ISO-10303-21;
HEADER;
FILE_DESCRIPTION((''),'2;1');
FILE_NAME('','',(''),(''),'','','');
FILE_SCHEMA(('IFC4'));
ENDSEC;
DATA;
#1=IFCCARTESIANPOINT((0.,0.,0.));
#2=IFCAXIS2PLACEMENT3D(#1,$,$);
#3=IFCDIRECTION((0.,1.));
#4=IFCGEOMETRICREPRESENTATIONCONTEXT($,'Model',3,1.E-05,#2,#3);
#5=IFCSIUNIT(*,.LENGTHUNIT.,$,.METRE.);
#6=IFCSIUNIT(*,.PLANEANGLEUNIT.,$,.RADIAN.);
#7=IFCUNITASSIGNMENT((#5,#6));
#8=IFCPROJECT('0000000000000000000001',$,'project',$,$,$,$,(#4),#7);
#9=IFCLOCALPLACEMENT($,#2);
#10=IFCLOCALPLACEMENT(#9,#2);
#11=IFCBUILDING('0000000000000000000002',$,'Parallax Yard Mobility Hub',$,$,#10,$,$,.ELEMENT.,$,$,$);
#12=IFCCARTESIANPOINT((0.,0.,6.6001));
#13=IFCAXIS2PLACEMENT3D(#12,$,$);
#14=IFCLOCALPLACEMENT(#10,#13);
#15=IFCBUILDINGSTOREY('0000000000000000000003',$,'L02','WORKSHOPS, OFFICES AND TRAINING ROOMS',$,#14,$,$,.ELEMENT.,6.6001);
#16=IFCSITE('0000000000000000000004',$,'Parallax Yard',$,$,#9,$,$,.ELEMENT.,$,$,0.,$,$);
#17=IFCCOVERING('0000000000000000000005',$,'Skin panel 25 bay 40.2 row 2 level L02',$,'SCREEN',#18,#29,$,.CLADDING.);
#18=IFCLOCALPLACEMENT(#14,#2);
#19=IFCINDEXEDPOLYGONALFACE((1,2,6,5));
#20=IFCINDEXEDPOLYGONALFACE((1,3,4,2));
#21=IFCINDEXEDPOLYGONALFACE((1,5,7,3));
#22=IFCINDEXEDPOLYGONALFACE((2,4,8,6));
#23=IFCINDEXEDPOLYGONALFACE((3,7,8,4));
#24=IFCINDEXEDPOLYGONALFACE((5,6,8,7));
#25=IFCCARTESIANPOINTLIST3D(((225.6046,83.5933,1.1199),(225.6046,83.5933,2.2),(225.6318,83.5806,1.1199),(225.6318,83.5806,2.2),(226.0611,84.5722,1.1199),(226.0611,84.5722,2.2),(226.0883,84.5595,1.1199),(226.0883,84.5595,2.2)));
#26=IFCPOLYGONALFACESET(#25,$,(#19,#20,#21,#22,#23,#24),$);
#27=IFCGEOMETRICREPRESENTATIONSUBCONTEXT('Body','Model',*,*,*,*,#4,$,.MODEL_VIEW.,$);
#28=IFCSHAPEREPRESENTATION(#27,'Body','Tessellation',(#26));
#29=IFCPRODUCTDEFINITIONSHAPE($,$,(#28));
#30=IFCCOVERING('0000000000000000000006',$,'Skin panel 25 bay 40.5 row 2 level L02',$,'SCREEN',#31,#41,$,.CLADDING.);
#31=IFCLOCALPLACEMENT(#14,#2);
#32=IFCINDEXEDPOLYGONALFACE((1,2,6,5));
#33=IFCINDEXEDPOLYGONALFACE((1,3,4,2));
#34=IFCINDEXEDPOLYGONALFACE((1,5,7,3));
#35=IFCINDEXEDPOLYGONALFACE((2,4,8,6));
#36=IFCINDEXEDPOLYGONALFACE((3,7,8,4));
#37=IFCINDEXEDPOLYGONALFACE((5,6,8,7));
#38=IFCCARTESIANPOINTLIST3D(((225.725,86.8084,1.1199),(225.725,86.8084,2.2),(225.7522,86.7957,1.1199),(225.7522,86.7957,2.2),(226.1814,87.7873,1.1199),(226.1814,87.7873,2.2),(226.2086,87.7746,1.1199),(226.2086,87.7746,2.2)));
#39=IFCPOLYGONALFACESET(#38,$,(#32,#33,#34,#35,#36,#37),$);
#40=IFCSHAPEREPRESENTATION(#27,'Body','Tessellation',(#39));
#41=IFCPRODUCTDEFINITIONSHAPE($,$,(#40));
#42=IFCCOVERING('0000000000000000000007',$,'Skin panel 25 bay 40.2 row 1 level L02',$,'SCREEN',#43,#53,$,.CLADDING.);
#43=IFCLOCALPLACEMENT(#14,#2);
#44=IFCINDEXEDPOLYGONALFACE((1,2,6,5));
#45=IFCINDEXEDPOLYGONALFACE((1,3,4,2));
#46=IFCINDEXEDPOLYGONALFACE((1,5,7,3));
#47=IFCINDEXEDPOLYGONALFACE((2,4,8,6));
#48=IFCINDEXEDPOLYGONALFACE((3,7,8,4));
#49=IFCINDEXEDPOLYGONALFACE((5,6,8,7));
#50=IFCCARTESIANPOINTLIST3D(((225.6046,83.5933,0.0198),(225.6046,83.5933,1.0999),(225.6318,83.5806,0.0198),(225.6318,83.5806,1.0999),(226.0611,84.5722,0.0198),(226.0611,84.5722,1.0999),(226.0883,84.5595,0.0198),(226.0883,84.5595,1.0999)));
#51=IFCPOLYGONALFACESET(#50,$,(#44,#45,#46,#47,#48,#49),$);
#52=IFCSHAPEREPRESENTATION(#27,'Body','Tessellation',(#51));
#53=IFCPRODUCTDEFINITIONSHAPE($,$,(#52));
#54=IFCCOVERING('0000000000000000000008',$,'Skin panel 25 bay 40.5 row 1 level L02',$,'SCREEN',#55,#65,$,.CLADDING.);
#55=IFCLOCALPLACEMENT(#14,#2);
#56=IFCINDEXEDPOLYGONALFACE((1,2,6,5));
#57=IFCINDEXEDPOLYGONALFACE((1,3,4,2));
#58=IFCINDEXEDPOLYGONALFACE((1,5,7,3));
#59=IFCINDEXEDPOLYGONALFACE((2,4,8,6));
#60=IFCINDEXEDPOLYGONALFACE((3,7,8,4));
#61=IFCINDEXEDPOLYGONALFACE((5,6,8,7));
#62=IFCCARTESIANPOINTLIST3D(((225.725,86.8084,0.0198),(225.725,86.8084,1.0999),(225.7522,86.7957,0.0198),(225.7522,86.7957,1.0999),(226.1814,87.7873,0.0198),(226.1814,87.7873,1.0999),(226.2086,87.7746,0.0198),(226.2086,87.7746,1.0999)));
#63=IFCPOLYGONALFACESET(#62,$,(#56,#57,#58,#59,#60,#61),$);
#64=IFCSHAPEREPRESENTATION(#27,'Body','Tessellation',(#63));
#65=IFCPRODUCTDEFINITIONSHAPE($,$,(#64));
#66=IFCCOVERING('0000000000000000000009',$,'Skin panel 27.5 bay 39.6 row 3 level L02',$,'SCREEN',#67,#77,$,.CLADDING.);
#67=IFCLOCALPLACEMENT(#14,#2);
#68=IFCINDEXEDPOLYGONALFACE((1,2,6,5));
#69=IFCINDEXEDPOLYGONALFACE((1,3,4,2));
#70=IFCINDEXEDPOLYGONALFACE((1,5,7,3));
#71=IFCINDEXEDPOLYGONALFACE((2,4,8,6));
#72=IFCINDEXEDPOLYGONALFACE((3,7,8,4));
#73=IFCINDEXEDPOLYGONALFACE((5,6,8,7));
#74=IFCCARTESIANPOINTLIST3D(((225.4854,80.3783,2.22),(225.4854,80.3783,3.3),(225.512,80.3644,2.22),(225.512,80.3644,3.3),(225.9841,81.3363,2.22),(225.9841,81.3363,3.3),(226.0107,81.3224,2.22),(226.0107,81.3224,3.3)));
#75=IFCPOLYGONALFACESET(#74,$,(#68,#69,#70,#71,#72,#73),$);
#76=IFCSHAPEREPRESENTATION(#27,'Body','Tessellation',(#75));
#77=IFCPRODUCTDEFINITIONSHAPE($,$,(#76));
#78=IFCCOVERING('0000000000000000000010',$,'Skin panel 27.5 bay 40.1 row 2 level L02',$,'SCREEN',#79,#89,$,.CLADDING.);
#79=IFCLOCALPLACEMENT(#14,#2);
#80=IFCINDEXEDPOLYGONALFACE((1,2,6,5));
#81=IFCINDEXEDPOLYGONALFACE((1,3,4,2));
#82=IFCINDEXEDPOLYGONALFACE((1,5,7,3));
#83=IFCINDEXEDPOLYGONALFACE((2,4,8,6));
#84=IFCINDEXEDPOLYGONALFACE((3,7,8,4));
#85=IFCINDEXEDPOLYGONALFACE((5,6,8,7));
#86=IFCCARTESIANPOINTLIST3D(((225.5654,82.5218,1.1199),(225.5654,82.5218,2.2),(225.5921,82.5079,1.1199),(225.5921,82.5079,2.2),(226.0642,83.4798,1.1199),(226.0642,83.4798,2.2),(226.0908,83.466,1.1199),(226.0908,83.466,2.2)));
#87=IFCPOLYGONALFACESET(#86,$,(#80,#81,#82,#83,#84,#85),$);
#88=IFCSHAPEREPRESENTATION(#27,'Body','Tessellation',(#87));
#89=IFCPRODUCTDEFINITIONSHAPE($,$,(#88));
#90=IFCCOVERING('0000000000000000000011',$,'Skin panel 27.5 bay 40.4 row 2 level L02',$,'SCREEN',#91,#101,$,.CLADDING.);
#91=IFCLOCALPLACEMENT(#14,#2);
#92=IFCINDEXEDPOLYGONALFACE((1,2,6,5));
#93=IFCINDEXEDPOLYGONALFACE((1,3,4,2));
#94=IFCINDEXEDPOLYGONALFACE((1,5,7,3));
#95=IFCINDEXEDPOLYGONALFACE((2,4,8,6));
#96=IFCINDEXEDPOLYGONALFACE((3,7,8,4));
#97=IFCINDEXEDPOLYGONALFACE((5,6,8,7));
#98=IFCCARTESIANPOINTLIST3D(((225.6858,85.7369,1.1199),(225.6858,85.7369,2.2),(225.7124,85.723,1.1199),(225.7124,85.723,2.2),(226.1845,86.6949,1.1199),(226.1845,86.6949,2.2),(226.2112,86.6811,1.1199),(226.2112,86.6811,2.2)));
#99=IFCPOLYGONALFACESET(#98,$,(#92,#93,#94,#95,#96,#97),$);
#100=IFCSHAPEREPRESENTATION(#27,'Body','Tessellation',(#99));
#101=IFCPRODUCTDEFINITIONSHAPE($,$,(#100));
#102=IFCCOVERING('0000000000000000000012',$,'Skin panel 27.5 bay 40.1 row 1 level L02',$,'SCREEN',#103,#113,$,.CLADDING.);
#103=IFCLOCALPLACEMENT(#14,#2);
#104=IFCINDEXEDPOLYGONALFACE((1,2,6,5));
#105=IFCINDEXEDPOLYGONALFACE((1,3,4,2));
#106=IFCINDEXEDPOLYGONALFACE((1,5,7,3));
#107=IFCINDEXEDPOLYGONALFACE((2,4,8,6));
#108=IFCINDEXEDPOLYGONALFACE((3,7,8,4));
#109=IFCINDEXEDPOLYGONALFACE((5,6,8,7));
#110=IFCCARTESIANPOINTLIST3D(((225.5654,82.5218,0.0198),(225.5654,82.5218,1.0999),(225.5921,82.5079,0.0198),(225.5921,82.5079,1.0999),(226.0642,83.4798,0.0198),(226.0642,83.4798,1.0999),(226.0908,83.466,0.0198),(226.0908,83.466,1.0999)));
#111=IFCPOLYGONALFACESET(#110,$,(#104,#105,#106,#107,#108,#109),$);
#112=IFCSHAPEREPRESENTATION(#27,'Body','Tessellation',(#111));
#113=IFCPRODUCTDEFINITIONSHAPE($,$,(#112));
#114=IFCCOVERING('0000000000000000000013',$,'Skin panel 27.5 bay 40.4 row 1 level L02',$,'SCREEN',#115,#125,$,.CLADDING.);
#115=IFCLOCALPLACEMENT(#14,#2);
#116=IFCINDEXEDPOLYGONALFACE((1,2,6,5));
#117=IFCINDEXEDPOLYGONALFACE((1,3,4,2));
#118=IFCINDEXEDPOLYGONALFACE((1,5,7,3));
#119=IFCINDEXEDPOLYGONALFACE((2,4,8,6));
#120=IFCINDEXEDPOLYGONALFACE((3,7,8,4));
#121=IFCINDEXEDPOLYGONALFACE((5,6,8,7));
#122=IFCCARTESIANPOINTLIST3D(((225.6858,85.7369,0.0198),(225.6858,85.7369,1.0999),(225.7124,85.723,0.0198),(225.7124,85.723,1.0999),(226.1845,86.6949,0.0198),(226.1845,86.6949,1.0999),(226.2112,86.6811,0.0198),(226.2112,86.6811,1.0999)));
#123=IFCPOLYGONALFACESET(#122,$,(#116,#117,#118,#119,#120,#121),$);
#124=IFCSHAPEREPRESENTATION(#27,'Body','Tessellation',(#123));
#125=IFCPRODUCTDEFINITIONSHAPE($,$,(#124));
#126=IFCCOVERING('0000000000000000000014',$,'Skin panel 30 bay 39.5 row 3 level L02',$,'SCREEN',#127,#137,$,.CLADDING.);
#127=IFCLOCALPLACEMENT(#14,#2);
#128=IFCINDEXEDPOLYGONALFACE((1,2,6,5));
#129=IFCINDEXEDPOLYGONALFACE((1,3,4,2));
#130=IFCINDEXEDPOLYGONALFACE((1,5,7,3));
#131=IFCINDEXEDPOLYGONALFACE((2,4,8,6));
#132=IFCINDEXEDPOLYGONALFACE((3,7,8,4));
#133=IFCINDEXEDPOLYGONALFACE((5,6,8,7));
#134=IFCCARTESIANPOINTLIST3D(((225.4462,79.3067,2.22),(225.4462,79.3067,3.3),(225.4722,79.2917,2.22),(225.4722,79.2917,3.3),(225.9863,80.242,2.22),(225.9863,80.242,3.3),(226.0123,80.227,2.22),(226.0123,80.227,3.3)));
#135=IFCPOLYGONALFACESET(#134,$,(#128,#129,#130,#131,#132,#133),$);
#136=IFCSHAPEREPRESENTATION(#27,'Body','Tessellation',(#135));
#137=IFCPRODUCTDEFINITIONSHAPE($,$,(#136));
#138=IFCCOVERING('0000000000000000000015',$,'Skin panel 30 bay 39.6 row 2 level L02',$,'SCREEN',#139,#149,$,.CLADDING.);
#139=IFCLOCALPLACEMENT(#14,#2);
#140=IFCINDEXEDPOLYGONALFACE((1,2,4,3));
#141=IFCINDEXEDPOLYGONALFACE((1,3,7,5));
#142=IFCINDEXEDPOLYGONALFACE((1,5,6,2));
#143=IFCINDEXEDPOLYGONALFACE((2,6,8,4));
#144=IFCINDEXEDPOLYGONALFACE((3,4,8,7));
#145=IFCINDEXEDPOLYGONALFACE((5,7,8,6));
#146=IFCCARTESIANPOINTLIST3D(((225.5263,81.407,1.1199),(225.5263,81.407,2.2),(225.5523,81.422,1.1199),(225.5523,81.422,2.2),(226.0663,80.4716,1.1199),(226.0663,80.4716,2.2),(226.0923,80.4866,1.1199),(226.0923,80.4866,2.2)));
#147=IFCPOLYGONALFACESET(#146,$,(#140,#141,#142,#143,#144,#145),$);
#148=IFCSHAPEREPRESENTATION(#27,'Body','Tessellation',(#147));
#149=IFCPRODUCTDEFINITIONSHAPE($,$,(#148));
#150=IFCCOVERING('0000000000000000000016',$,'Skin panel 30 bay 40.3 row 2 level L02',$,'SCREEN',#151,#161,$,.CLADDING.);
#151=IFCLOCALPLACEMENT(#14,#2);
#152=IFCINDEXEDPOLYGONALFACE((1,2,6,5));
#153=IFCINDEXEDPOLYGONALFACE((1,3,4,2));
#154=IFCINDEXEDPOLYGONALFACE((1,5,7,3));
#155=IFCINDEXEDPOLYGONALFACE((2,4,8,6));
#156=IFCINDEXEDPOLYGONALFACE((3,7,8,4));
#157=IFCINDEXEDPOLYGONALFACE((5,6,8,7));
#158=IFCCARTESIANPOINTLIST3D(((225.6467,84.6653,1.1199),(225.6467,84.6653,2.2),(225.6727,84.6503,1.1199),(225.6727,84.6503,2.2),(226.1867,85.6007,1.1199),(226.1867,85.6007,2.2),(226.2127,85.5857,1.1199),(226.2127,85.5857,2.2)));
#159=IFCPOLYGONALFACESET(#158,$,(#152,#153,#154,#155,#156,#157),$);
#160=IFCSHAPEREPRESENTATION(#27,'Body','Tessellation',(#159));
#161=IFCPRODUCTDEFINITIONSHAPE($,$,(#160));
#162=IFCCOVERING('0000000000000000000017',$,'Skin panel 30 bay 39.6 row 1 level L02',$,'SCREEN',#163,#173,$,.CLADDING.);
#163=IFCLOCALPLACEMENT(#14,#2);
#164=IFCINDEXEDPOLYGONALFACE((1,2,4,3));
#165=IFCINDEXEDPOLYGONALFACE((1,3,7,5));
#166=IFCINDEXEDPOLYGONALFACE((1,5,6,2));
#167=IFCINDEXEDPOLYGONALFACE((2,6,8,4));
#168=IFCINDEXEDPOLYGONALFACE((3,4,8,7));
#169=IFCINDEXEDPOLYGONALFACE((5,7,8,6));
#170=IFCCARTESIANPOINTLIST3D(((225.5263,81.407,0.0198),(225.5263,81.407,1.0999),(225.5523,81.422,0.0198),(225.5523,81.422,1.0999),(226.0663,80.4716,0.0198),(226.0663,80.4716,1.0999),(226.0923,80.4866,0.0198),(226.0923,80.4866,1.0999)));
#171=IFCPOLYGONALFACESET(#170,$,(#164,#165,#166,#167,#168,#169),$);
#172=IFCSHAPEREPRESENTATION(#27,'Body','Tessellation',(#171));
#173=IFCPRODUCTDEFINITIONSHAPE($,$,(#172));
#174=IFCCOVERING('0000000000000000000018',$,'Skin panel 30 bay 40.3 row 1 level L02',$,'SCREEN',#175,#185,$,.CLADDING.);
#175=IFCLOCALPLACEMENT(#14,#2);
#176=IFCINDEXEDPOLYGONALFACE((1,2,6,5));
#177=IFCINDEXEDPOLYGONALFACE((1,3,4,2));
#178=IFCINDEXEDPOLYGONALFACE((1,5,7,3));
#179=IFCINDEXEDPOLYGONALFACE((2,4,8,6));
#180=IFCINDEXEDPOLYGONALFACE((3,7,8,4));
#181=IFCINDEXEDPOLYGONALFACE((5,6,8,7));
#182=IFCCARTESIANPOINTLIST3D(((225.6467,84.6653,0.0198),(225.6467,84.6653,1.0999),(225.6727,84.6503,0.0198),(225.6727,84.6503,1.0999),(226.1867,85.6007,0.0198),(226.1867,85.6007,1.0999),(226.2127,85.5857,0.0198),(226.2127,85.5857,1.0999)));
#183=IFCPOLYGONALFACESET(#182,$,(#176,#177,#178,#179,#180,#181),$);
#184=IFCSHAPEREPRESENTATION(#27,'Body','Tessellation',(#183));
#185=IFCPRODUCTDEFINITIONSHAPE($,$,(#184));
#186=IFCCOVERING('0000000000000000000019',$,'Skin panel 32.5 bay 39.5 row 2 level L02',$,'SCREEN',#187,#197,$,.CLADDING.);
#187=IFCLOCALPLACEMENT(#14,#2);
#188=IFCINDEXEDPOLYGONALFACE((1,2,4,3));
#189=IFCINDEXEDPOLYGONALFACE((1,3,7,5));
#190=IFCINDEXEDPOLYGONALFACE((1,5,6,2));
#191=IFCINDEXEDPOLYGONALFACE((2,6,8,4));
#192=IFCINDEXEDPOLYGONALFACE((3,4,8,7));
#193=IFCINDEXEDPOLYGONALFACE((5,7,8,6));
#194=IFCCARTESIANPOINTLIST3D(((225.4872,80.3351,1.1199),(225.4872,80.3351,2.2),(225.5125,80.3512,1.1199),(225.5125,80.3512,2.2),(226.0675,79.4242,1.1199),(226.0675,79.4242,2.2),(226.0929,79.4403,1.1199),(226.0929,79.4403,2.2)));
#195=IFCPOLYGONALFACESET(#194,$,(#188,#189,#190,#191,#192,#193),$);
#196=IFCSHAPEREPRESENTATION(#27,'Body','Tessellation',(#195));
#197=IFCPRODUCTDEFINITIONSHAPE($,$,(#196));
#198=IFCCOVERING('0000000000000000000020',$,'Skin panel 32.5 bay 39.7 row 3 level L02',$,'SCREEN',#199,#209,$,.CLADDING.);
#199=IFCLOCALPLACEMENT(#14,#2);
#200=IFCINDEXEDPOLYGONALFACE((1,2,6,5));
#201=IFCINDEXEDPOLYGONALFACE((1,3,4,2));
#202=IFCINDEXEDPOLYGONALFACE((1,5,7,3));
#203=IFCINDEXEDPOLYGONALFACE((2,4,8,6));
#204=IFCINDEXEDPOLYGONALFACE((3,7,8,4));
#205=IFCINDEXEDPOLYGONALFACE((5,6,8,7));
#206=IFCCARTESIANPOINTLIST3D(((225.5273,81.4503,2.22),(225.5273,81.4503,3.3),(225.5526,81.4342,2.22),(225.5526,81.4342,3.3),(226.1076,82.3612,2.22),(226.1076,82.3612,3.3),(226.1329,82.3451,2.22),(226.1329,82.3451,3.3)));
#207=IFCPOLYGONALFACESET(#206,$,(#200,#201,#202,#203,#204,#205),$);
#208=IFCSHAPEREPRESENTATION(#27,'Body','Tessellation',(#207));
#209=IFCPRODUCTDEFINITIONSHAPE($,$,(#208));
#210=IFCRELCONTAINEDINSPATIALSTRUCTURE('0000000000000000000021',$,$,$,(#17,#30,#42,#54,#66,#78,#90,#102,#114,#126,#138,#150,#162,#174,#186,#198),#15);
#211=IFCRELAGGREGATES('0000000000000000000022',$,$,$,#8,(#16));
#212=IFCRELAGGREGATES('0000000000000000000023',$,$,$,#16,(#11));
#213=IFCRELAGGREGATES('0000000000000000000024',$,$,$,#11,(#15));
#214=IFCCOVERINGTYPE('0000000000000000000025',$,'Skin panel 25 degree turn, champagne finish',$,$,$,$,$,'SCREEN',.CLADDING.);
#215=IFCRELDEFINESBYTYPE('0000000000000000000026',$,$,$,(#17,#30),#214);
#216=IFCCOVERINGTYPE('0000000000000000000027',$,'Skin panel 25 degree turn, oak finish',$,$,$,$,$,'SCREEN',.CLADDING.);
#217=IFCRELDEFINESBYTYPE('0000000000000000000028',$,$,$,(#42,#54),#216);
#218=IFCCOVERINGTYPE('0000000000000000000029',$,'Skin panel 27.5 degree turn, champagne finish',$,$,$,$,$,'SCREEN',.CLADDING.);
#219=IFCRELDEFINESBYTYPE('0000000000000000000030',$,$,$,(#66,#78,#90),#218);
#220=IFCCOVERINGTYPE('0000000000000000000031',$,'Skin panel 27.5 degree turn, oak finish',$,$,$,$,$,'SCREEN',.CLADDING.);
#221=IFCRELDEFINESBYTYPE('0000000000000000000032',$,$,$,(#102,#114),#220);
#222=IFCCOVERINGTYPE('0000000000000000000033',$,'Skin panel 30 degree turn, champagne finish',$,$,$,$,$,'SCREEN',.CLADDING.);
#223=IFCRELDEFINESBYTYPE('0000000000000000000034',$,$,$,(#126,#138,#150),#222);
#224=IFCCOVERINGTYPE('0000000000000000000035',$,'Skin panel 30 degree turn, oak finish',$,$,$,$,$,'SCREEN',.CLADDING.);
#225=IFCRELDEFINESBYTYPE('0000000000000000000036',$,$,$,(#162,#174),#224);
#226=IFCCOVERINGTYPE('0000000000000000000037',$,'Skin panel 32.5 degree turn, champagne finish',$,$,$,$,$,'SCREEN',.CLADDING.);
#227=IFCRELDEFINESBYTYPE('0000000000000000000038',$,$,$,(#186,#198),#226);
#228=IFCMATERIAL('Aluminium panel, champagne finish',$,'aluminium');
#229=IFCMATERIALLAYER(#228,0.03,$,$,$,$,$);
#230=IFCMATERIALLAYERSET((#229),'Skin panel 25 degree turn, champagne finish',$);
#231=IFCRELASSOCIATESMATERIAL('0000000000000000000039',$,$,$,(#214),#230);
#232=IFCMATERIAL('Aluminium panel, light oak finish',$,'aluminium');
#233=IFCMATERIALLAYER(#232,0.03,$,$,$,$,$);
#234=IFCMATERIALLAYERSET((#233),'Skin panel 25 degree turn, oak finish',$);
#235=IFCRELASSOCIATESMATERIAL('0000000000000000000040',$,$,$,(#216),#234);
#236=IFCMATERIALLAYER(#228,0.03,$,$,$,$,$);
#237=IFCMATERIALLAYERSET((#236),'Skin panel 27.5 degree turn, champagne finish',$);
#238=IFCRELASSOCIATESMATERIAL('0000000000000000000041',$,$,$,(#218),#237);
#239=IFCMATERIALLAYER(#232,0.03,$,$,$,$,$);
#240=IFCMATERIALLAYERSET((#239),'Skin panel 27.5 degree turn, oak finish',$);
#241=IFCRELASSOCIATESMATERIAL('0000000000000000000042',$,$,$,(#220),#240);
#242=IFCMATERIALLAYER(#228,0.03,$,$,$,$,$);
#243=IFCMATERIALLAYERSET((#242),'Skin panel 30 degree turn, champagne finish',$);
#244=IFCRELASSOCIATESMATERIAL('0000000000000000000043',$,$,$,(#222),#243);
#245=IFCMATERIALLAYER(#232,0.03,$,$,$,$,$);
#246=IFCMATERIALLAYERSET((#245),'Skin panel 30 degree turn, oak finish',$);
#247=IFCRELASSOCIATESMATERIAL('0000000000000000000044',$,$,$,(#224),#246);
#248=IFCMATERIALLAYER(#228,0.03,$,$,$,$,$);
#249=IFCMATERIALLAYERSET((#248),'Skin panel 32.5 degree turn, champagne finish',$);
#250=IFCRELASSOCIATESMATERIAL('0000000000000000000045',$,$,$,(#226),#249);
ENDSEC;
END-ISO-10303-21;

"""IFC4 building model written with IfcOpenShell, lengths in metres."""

from ifc_helpers import new_model, si_unit, direction, frame, origin, origin_2d, place, context, subcontext, project, spatial, rectangle, extrude, material, layer, layer_set, type_object, element, save


model = new_model("IFC4")

# Units and contexts
model_context = context("Model", 3, precision=1e-05, world=origin(), true_north=direction((0.0, 1.0)))
body_context = subcontext(model_context, "Body", "Model", "MODEL_VIEW")
ifc_project = project(units=[si_unit("LENGTHUNIT", "METRE"), si_unit("PLANEANGLEUNIT", "RADIAN")], contexts=[model_context])

# Site, building, storey
site_placement = place(None, origin())
site = spatial("IfcSite", under=ifc_project, at=site_placement, Name="Parallax Yard", CompositionType="ELEMENT", RefElevation=0.0)
building_placement = place(site_placement, origin())
building = spatial("IfcBuilding", under=site, at=building_placement, Name="Parallax Yard Mobility Hub", CompositionType="ELEMENT")
storey_placement = place(building_placement, frame((0.0, 0.0, 6.6001)))
storey = spatial("IfcBuildingStorey", under=building, at=storey_placement, Name="L02", Description="WORKSHOPS, OFFICES AND TRAINING ROOMS", CompositionType="ELEMENT", Elevation=6.6001)

# Coverings
ifc_material_1 = material(Name="Aluminium panel, champagne finish", Category="aluminium")
ifc_layer_1 = layer(ifc_material_1, 0.03)
ifc_layer_set_1 = layer_set([ifc_layer_1], Name="Skin panel 25 degree turn, champagne finish")
covering_type_1 = type_object("IfcCoveringType", Name="Skin panel 25 degree turn, champagne finish", ElementType="SCREEN", PredefinedType="CLADDING", material=ifc_layer_set_1)
for number, where, z_axis, x_axis, name in (
    (1, (225.8464, 84.0764, 1.1199), (0.0, 0.0, 1.0), (0.422618, 0.906308, 0.0), "Skin panel 25 bay 40.2 row 2 level L02"),
    (2, (225.9668, 87.2915, 1.1199), (0.0, 0.0, 1.0), (0.422618, 0.906308, 0.0), "Skin panel 25 bay 40.5 row 2 level L02"),
):
    element("IfcCovering", number, at=place(storey_placement, frame(where, z_axis=z_axis, x_axis=x_axis)), inside=storey, type_object=covering_type_1, Name=name, ObjectType="SCREEN", PredefinedType="CLADDING", context=body_context, shape_type="SweptSolid", body=[
        extrude(rectangle(XDim=1.0801, YDim=0.03, at=origin_2d()), origin(), (0.0, 0.0, 1.0), 1.0801),
    ])
ifc_material_2 = material(Name="Aluminium panel, light oak finish", Category="aluminium")
ifc_layer_2 = layer(ifc_material_2, 0.03)
ifc_layer_set_2 = layer_set([ifc_layer_2], Name="Skin panel 25 degree turn, oak finish")
covering_type_2 = type_object("IfcCoveringType", Name="Skin panel 25 degree turn, oak finish", ElementType="SCREEN", PredefinedType="CLADDING", material=ifc_layer_set_2)
for number, where, z_axis, x_axis, name in (
    (3, (225.8464, 84.0764, 0.0198), (0.0, 0.0, 1.0), (0.422618, 0.906308, 0.0), "Skin panel 25 bay 40.2 row 1 level L02"),
    (4, (225.9668, 87.2915, 0.0198), (0.0, 0.0, 1.0), (0.422618, 0.906308, 0.0), "Skin panel 25 bay 40.5 row 1 level L02"),
):
    element("IfcCovering", number, at=place(storey_placement, frame(where, z_axis=z_axis, x_axis=x_axis)), inside=storey, type_object=covering_type_2, Name=name, ObjectType="SCREEN", PredefinedType="CLADDING", context=body_context, shape_type="SweptSolid", body=[
        extrude(rectangle(XDim=1.0801, YDim=0.03, at=origin_2d()), origin(), (0.0, 0.0, 1.0), 1.0801),
    ])
ifc_layer_3 = layer(ifc_material_1, 0.03)
ifc_layer_set_3 = layer_set([ifc_layer_3], Name="Skin panel 27.5 degree turn, champagne finish")
covering_type_3 = type_object("IfcCoveringType", Name="Skin panel 27.5 degree turn, champagne finish", ElementType="SCREEN", PredefinedType="CLADDING", material=ifc_layer_set_3)
for number, where, z_axis, x_axis, name in (
    (5, (225.748, 80.8503, 2.22), (0.0, 0.0, 1.0), (0.461749, 0.887011, 0.0), "Skin panel 27.5 bay 39.6 row 3 level L02"),
    (6, (225.8281, 82.9939, 1.1199), (0.0, 0.0, 1.0), (0.461749, 0.887011, 0.0), "Skin panel 27.5 bay 40.1 row 2 level L02"),
    (7, (225.9485, 86.209, 1.1199), (0.0, 0.0, 1.0), (0.461749, 0.887011, 0.0), "Skin panel 27.5 bay 40.4 row 2 level L02"),
):
    element("IfcCovering", number, at=place(storey_placement, frame(where, z_axis=z_axis, x_axis=x_axis)), inside=storey, type_object=covering_type_3, Name=name, ObjectType="SCREEN", PredefinedType="CLADDING", context=body_context, shape_type="SweptSolid", body=[
        extrude(rectangle(XDim=1.0801, YDim=0.03, at=origin_2d()), origin(), (0.0, 0.0, 1.0), 1.0801),
    ])
ifc_layer_4 = layer(ifc_material_2, 0.03)
ifc_layer_set_4 = layer_set([ifc_layer_4], Name="Skin panel 27.5 degree turn, oak finish")
covering_type_4 = type_object("IfcCoveringType", Name="Skin panel 27.5 degree turn, oak finish", ElementType="SCREEN", PredefinedType="CLADDING", material=ifc_layer_set_4)
for number, where, z_axis, x_axis, name in (
    (8, (225.8281, 82.9939, 0.0198), (0.0, 0.0, 1.0), (0.461749, 0.887011, 0.0), "Skin panel 27.5 bay 40.1 row 1 level L02"),
    (9, (225.9485, 86.209, 0.0198), (0.0, 0.0, 1.0), (0.461749, 0.887011, 0.0), "Skin panel 27.5 bay 40.4 row 1 level L02"),
):
    element("IfcCovering", number, at=place(storey_placement, frame(where, z_axis=z_axis, x_axis=x_axis)), inside=storey, type_object=covering_type_4, Name=name, ObjectType="SCREEN", PredefinedType="CLADDING", context=body_context, shape_type="SweptSolid", body=[
        extrude(rectangle(XDim=1.0801, YDim=0.03, at=origin_2d()), origin(), (0.0, 0.0, 1.0), 1.0801),
    ])
ifc_layer_5 = layer(ifc_material_1, 0.03)
ifc_layer_set_5 = layer_set([ifc_layer_5], Name="Skin panel 30 degree turn, champagne finish")
covering_type_5 = type_object("IfcCoveringType", Name="Skin panel 30 degree turn, champagne finish", ElementType="SCREEN", PredefinedType="CLADDING", material=ifc_layer_set_5)
for number, where, z_axis, x_axis, name in (
    (10, (225.7292, 79.7668, 2.22), (0.0, 0.0, 1.0), (0.5, 0.866025, 0.0), "Skin panel 30 bay 39.5 row 3 level L02"),
    (11, (225.8093, 80.9468, 1.1199), (0.0, 0.0, 1.0), (0.5, -0.866025, 0.0), "Skin panel 30 bay 39.6 row 2 level L02"),
    (12, (225.9297, 85.1255, 1.1199), (0.0, 0.0, 1.0), (0.5, 0.866025, 0.0), "Skin panel 30 bay 40.3 row 2 level L02"),
):
    element("IfcCovering", number, at=place(storey_placement, frame(where, z_axis=z_axis, x_axis=x_axis)), inside=storey, type_object=covering_type_5, Name=name, ObjectType="SCREEN", PredefinedType="CLADDING", context=body_context, shape_type="SweptSolid", body=[
        extrude(rectangle(XDim=1.0801, YDim=0.03, at=origin_2d()), origin(), (0.0, 0.0, 1.0), 1.0801),
    ])
ifc_layer_6 = layer(ifc_material_2, 0.03)
ifc_layer_set_6 = layer_set([ifc_layer_6], Name="Skin panel 30 degree turn, oak finish")
covering_type_6 = type_object("IfcCoveringType", Name="Skin panel 30 degree turn, oak finish", ElementType="SCREEN", PredefinedType="CLADDING", material=ifc_layer_set_6)
for number, where, z_axis, x_axis, name in (
    (13, (225.8093, 80.9468, 0.0198), (0.0, 0.0, 1.0), (0.5, -0.866025, 0.0), "Skin panel 30 bay 39.6 row 1 level L02"),
    (14, (225.9297, 85.1255, 0.0198), (0.0, 0.0, 1.0), (0.5, 0.866025, 0.0), "Skin panel 30 bay 40.3 row 1 level L02"),
):
    element("IfcCovering", number, at=place(storey_placement, frame(where, z_axis=z_axis, x_axis=x_axis)), inside=storey, type_object=covering_type_6, Name=name, ObjectType="SCREEN", PredefinedType="CLADDING", context=body_context, shape_type="SweptSolid", body=[
        extrude(rectangle(XDim=1.0801, YDim=0.03, at=origin_2d()), origin(), (0.0, 0.0, 1.0), 1.0801),
    ])
ifc_layer_7 = layer(ifc_material_1, 0.03)
ifc_layer_set_7 = layer_set([ifc_layer_7], Name="Skin panel 32.5 degree turn, champagne finish")
covering_type_7 = type_object("IfcCoveringType", Name="Skin panel 32.5 degree turn, champagne finish", ElementType="SCREEN", PredefinedType="CLADDING", material=ifc_layer_set_7)
for number, where, z_axis, x_axis, name in (
    (15, (225.79, 79.8877, 1.1199), (0.0, 0.0, 1.0), (0.5373, -0.843391, 0.0), "Skin panel 32.5 bay 39.5 row 2 level L02"),
    (16, (225.8301, 81.8977, 2.22), (0.0, 0.0, 1.0), (0.5373, 0.843391, 0.0), "Skin panel 32.5 bay 39.7 row 3 level L02"),
):
    element("IfcCovering", number, at=place(storey_placement, frame(where, z_axis=z_axis, x_axis=x_axis)), inside=storey, type_object=covering_type_7, Name=name, ObjectType="SCREEN", PredefinedType="CLADDING", context=body_context, shape_type="SweptSolid", body=[
        extrude(rectangle(XDim=1.0801, YDim=0.03, at=origin_2d()), origin(), (0.0, 0.0, 1.0), 1.0801),
    ])

save(model, "model.ifc")
